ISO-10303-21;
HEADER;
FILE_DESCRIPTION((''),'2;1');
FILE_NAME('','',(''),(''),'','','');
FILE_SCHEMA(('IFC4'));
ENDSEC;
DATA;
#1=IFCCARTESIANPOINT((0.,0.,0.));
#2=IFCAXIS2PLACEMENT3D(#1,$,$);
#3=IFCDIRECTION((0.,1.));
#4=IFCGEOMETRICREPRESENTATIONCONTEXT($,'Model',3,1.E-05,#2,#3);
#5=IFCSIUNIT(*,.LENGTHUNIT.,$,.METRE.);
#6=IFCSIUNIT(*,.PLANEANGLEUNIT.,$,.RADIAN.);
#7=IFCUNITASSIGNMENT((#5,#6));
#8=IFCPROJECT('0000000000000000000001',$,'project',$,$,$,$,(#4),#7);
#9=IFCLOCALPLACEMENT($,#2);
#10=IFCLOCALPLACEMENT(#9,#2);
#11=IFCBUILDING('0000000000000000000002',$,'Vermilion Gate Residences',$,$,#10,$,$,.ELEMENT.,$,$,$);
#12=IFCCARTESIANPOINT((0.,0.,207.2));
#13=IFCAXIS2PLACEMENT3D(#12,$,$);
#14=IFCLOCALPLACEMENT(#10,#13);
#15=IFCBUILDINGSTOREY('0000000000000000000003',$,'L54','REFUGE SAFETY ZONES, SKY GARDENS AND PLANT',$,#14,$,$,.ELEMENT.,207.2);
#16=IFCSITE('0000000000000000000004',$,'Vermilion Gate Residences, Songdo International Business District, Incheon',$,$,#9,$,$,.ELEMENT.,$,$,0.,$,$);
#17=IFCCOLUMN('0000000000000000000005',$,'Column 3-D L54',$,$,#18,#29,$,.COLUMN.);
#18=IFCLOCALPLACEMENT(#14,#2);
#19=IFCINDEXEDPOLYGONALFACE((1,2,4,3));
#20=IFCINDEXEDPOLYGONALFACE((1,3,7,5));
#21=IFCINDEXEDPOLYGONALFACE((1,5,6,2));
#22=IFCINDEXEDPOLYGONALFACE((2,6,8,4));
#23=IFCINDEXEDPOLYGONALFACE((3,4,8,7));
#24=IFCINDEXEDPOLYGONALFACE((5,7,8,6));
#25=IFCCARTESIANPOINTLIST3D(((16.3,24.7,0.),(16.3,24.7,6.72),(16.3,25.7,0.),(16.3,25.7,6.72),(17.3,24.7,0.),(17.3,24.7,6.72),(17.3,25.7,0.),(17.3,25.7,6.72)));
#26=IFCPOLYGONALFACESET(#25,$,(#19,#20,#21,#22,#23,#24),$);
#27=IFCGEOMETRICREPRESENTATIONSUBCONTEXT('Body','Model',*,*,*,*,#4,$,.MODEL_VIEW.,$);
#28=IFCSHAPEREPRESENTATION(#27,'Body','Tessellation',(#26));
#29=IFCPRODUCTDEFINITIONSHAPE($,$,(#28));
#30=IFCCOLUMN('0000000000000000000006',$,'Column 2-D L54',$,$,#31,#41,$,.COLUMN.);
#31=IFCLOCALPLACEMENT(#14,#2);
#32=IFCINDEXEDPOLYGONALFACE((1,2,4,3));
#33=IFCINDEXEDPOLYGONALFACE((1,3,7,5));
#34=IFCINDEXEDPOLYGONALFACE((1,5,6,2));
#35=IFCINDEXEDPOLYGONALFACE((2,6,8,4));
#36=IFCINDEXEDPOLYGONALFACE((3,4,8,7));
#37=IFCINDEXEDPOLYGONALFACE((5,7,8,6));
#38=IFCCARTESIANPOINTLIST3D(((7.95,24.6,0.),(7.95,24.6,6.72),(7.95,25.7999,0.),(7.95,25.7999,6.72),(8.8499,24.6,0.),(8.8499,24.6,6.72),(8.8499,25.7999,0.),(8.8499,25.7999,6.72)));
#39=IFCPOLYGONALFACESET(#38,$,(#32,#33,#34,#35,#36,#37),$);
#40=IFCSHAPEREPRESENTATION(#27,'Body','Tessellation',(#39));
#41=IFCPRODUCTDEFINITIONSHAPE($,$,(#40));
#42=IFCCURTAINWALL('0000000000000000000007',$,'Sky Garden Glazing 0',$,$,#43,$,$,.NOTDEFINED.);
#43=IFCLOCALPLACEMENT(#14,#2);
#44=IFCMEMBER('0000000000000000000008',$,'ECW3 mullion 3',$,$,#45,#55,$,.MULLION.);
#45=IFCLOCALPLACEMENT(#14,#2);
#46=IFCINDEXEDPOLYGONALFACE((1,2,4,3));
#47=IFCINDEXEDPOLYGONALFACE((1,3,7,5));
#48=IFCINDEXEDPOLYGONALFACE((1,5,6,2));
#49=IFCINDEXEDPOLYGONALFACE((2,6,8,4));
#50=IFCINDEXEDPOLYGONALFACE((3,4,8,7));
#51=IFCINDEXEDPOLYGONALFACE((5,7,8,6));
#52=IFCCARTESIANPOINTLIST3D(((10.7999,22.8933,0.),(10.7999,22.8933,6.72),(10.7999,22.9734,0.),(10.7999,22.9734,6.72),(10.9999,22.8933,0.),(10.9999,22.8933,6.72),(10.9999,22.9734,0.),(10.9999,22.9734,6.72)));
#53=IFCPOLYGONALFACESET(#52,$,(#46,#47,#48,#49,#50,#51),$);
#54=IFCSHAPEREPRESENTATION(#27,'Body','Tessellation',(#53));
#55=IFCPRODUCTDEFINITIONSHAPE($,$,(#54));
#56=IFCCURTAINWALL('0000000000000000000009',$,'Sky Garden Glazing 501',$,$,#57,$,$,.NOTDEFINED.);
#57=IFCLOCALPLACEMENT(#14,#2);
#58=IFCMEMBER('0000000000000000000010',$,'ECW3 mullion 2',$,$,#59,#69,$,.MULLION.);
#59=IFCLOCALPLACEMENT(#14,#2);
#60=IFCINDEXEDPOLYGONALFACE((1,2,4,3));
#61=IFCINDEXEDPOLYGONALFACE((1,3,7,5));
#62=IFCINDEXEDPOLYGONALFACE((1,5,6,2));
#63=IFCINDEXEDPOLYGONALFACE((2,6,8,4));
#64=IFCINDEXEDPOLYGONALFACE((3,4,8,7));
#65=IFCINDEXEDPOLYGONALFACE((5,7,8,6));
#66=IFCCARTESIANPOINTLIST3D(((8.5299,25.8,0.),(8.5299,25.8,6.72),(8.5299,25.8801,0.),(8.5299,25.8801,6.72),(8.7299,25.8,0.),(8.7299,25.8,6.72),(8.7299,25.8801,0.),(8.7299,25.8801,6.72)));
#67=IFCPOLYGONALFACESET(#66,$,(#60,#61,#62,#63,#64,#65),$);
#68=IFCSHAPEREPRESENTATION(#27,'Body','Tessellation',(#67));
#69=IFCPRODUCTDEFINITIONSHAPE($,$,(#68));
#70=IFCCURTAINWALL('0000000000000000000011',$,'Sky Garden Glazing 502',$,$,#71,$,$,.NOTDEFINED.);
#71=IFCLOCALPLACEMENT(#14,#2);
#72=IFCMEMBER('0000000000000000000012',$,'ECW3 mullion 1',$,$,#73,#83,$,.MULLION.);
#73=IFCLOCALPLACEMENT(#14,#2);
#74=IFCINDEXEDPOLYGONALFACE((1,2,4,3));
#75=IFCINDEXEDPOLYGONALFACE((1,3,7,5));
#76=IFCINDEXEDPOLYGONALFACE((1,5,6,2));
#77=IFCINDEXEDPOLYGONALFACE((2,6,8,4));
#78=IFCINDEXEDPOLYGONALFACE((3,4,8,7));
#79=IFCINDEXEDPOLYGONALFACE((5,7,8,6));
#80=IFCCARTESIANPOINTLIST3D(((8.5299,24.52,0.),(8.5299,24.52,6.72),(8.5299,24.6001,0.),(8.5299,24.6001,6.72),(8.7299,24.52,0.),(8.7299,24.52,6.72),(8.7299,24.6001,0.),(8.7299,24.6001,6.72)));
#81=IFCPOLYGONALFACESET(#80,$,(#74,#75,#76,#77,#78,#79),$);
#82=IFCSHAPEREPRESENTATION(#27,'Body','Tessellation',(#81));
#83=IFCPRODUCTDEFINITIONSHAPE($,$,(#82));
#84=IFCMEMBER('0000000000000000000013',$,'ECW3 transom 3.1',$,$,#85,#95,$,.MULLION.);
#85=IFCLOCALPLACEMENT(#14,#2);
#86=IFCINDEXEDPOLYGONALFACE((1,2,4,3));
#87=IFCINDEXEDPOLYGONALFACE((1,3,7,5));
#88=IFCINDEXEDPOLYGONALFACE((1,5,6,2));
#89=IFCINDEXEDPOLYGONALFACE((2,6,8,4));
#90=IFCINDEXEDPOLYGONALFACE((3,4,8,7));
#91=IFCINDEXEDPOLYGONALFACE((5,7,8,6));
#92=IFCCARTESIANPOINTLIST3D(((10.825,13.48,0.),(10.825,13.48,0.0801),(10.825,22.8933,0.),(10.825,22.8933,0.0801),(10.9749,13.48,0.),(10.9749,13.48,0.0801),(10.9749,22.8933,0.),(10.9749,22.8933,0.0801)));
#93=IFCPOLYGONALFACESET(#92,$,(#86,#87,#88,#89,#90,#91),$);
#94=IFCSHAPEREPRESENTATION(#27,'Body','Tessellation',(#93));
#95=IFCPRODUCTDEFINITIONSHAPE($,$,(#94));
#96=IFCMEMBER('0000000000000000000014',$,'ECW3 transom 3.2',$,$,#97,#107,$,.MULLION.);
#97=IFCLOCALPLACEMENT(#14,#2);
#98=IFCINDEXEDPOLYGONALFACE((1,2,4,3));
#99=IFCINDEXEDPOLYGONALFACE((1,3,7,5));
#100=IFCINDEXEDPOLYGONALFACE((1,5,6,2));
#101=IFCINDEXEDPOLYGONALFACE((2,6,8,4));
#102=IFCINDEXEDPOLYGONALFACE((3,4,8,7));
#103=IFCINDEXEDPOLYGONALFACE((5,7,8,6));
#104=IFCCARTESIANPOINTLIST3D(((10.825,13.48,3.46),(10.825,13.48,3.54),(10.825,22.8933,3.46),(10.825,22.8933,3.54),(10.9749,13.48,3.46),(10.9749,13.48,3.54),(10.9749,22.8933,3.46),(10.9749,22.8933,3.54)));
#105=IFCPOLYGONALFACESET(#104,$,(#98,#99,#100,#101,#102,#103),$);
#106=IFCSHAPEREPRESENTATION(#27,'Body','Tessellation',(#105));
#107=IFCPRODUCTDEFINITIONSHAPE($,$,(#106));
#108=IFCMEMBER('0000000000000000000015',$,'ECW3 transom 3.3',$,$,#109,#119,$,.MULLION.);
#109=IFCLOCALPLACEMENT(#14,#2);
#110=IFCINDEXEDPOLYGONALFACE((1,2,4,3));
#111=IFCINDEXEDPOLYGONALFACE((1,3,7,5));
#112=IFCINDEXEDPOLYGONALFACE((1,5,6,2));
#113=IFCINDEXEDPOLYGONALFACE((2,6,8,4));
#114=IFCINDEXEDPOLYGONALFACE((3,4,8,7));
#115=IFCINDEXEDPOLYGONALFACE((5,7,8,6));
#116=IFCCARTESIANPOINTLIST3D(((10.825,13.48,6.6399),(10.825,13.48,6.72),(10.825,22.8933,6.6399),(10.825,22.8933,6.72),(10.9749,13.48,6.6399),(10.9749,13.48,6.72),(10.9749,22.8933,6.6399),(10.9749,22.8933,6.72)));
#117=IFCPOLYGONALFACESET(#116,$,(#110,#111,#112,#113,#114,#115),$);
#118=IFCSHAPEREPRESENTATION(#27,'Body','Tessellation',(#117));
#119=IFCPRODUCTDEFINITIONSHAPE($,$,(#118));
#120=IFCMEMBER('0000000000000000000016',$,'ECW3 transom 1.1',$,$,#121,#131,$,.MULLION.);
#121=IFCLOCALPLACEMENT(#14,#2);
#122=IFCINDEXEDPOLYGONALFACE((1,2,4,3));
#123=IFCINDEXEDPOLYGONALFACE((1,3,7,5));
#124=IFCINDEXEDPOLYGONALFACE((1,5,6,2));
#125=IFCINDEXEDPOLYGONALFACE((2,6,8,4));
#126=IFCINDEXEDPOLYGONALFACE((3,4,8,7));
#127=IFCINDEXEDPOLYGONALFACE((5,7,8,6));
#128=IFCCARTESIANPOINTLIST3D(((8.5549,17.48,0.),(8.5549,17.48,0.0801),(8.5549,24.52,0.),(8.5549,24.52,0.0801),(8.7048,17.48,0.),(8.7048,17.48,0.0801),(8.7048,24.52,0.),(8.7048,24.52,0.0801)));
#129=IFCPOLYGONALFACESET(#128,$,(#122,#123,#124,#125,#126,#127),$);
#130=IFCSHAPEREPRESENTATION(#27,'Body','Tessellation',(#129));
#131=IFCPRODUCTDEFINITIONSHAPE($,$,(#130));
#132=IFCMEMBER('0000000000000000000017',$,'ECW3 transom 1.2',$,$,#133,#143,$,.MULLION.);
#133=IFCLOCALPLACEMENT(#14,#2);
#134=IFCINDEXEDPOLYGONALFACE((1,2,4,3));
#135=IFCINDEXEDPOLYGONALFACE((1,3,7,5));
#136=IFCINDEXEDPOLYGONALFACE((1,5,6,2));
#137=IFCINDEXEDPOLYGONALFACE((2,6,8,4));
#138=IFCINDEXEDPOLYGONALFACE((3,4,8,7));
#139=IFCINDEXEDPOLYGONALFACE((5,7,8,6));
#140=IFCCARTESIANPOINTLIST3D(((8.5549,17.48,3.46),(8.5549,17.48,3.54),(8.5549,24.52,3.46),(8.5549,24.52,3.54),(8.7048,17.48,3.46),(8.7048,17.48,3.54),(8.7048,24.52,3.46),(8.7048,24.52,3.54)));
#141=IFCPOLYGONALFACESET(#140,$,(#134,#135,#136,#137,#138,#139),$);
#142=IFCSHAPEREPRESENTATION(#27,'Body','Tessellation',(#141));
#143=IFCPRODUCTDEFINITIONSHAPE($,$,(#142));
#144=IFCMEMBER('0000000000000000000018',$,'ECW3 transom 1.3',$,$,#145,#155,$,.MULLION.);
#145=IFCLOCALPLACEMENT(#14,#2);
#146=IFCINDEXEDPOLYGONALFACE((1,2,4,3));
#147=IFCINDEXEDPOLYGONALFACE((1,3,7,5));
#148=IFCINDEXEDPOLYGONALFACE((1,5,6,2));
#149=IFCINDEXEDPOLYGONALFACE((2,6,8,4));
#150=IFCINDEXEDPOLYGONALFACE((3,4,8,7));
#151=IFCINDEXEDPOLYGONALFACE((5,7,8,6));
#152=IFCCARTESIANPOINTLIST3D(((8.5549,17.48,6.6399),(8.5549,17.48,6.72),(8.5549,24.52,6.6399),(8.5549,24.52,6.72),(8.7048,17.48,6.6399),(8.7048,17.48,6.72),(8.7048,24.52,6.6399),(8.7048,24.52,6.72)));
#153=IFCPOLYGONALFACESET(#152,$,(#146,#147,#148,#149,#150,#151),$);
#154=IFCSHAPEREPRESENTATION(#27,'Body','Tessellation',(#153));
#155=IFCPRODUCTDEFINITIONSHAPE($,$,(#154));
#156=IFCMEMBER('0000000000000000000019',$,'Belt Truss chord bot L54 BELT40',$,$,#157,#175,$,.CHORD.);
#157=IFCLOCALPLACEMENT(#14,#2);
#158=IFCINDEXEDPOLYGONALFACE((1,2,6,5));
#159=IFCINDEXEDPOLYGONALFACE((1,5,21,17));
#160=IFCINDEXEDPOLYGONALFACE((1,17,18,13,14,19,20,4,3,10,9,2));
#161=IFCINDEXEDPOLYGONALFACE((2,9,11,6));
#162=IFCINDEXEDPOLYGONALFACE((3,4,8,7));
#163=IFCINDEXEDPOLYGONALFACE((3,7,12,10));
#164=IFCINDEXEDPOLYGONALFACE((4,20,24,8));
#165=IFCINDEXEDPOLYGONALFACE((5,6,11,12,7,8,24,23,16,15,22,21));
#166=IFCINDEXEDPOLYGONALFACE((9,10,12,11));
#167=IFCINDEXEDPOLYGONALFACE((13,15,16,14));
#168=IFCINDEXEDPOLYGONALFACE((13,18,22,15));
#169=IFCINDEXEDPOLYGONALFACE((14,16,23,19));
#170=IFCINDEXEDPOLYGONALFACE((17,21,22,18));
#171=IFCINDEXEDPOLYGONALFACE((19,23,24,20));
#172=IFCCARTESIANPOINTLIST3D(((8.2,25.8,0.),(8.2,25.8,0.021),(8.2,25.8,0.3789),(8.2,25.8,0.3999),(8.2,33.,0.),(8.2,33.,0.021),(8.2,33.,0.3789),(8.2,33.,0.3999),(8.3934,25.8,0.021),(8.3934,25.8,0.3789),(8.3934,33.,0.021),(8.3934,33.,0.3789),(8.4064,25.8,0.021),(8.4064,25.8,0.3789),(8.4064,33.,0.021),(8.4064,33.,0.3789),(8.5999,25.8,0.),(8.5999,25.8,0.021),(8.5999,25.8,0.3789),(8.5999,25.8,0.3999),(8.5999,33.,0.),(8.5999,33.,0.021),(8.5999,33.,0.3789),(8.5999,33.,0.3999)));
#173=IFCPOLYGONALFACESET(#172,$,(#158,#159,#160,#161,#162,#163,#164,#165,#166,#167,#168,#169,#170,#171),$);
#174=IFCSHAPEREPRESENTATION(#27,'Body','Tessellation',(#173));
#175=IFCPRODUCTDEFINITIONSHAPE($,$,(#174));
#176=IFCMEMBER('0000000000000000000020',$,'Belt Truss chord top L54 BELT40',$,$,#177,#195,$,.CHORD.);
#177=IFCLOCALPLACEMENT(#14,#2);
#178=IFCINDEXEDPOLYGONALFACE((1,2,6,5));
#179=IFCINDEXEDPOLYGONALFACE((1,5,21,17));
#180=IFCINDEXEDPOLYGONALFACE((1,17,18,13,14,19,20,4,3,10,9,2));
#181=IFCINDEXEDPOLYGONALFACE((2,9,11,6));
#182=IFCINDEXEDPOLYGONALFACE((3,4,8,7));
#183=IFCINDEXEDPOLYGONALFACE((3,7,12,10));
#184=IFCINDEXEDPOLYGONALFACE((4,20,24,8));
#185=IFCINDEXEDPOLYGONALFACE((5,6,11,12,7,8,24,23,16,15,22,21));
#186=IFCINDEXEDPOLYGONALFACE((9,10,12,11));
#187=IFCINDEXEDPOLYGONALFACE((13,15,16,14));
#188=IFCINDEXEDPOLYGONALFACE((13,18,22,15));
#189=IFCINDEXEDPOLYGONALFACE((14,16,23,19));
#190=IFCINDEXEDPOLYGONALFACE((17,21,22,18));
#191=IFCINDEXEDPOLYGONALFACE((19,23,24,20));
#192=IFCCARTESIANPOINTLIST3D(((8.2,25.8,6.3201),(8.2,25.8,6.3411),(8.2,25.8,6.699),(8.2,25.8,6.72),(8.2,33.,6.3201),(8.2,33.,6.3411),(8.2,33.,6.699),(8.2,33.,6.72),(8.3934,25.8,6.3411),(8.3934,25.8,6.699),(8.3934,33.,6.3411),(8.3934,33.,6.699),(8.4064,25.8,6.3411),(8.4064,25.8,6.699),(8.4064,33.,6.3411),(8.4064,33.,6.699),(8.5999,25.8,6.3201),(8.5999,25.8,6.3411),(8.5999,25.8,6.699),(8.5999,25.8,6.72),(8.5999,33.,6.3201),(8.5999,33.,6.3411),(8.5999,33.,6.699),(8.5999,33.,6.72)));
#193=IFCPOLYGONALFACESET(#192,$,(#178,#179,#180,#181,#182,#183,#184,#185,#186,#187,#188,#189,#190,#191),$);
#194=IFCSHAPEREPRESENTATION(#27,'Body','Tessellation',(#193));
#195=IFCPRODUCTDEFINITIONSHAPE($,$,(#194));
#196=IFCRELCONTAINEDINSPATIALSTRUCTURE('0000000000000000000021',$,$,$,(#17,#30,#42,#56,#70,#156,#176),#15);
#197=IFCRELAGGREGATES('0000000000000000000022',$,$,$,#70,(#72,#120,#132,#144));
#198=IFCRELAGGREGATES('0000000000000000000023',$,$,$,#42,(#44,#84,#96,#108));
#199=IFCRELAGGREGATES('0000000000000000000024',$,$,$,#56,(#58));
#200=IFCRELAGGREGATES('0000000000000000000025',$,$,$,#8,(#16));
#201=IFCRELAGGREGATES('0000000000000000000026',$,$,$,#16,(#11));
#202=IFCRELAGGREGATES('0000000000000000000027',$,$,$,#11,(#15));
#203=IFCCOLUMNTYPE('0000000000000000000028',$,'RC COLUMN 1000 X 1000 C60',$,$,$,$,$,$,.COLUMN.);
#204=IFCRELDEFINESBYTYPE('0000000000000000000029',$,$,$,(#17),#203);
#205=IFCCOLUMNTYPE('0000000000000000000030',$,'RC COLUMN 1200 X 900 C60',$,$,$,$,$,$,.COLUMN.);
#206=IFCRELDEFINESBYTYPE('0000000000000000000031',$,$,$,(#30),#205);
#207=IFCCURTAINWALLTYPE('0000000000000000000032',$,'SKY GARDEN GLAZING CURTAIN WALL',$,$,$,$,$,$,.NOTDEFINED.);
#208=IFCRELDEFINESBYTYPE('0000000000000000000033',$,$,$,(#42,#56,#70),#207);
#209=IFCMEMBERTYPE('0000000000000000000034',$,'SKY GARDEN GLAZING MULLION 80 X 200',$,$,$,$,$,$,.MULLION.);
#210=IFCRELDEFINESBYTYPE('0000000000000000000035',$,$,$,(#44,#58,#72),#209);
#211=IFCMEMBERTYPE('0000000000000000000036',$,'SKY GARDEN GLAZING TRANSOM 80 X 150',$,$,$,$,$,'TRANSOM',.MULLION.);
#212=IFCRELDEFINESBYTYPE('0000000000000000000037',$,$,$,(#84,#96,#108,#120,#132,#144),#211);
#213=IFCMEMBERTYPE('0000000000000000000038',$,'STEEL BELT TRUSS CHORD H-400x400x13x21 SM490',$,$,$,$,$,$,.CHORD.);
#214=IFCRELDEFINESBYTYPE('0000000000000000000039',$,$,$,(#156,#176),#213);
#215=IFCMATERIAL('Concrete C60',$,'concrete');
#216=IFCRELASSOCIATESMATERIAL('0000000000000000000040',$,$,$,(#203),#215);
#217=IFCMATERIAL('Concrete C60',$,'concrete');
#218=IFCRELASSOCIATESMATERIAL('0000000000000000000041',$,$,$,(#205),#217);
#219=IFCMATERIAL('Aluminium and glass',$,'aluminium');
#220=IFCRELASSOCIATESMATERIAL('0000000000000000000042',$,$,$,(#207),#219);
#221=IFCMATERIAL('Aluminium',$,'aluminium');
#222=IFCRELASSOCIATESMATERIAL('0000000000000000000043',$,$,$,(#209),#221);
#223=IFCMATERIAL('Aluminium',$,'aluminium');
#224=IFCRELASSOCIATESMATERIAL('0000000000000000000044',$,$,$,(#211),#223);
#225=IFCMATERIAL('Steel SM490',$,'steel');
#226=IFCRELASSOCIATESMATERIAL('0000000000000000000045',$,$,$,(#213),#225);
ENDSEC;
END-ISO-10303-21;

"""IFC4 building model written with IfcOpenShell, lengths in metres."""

from ifc_helpers import new_model, si_unit, direction, frame, origin, origin_2d, place, context, subcontext, project, spatial, rectangle, i_section, extrude, material, material_profile, profile_set, type_object, element, aggregate, save


model = new_model("IFC4")

# Units and contexts
model_context = context("Model", 3, precision=1e-05, world=origin(), true_north=direction((0.0, 1.0)))
body_context = subcontext(model_context, "Body", "Model", "MODEL_VIEW")
ifc_project = project(units=[si_unit("LENGTHUNIT", "METRE"), si_unit("PLANEANGLEUNIT", "RADIAN")], contexts=[model_context])

# Site, building, storey
site_placement = place(None, origin())
site = spatial("IfcSite", under=ifc_project, at=site_placement, Name="Vermilion Gate Residences, Songdo International Business District, Incheon", CompositionType="ELEMENT", RefElevation=0.0)
building_placement = place(site_placement, origin())
building = spatial("IfcBuilding", under=site, at=building_placement, Name="Vermilion Gate Residences", CompositionType="ELEMENT")
storey_placement = place(building_placement, frame((0.0, 0.0, 207.2)))
storey = spatial("IfcBuildingStorey", under=building, at=storey_placement, Name="L54", Description="REFUGE SAFETY ZONES, SKY GARDENS AND PLANT", CompositionType="ELEMENT", Elevation=207.2)

# Columns
ifc_material_1 = material(Name="Concrete C60", Category="concrete")
ifc_material_profile_1 = material_profile(ifc_material_1, rectangle(XDim=1.0, YDim=1.0, at=origin_2d()), Name="RC-1000x1000")
ifc_profile_set_1 = profile_set([ifc_material_profile_1], Name="Concrete C60")
column_type_1 = type_object("IfcColumnType", Name="RC COLUMN 1000 X 1000 C60", PredefinedType="COLUMN", material=ifc_profile_set_1)
column_1_placement = place(storey_placement, frame((16.8, 25.2, 0.0), z_axis=(0.0, 0.0, 1.0), x_axis=(1.0, 0.0, 0.0)))
element("IfcColumn", 1, at=column_1_placement, inside=storey, type_object=column_type_1, Name="Column 3-D L54", PredefinedType="COLUMN", context=body_context, shape_type="SweptSolid", body=[
    extrude(rectangle(XDim=1.0, YDim=1.0, at=origin_2d()), origin(), (0.0, 0.0, 1.0), 6.72),
])
ifc_material_2 = material(Name="Concrete C60", Category="concrete")
ifc_material_profile_2 = material_profile(ifc_material_2, rectangle(XDim=1.2, YDim=0.8999, at=origin_2d()), Name="RC-1200x900")
ifc_profile_set_2 = profile_set([ifc_material_profile_2], Name="Concrete C60")
column_type_2 = type_object("IfcColumnType", Name="RC COLUMN 1200 X 900 C60", PredefinedType="COLUMN", material=ifc_profile_set_2)
column_2_placement = place(storey_placement, frame((8.3999, 25.2, 0.0), z_axis=(0.0, 0.0, 1.0), x_axis=(0.0, 1.0, 0.0)))
element("IfcColumn", 2, at=column_2_placement, inside=storey, type_object=column_type_2, Name="Column 2-D L54", PredefinedType="COLUMN", context=body_context, shape_type="SweptSolid", body=[
    extrude(rectangle(XDim=1.2, YDim=0.8999, at=origin_2d()), origin(), (0.0, 0.0, 1.0), 6.72),
])

# Curtain walls, members
ifc_material_3 = material(Name="Aluminium and glass", Category="aluminium")
curtain_wall_type = type_object("IfcCurtainWallType", Name="SKY GARDEN GLAZING CURTAIN WALL", PredefinedType="NOTDEFINED", material=ifc_material_3)
curtain_wall_1_placement = place(storey_placement, origin())
curtain_wall_1 = element("IfcCurtainWall", 3, at=curtain_wall_1_placement, inside=storey, type_object=curtain_wall_type, Name="Sky Garden Glazing 0", PredefinedType="NOTDEFINED")
ifc_material_4 = material(Name="Aluminium", Category="aluminium")
ifc_material_profile_3 = material_profile(ifc_material_4, rectangle(XDim=0.2, YDim=0.0801, at=origin_2d()), Name="MULLION 80 X 200")
ifc_profile_set_3 = profile_set([ifc_material_profile_3], Name="Aluminium")
member_type_1 = type_object("IfcMemberType", Name="SKY GARDEN GLAZING MULLION 80 X 200", PredefinedType="MULLION", material=ifc_profile_set_3)
member_1_placement = place(storey_placement, frame((10.8999, 22.9333, 0.0), z_axis=(0.0, 0.0, 1.0), x_axis=(1.0, 0.0, 0.0)))
member_1 = element("IfcMember", 4, at=member_1_placement, type_object=member_type_1, Name="ECW3 mullion 3", PredefinedType="MULLION", context=body_context, shape_type="SweptSolid", body=[
    extrude(rectangle(XDim=0.2, YDim=0.0801, at=origin_2d()), origin(), (0.0, 0.0, 1.0), 6.72),
])
curtain_wall_2_placement = place(storey_placement, origin())
curtain_wall_2 = element("IfcCurtainWall", 5, at=curtain_wall_2_placement, inside=storey, type_object=curtain_wall_type, Name="Sky Garden Glazing 501", PredefinedType="NOTDEFINED")
member_2_placement = place(storey_placement, frame((8.6299, 25.8401, 0.0), z_axis=(0.0, 0.0, 1.0), x_axis=(1.0, 0.0, 0.0)))
member_2 = element("IfcMember", 6, at=member_2_placement, type_object=member_type_1, Name="ECW3 mullion 2", PredefinedType="MULLION", context=body_context, shape_type="SweptSolid", body=[
    extrude(rectangle(XDim=0.2, YDim=0.0801, at=origin_2d()), origin(), (0.0, 0.0, 1.0), 6.72),
])
curtain_wall_3_placement = place(storey_placement, origin())
curtain_wall_3 = element("IfcCurtainWall", 7, at=curtain_wall_3_placement, inside=storey, type_object=curtain_wall_type, Name="Sky Garden Glazing 502", PredefinedType="NOTDEFINED")
member_3_placement = place(storey_placement, frame((8.6299, 24.5601, 0.0), z_axis=(0.0, 0.0, 1.0), x_axis=(1.0, 0.0, 0.0)))
member_3 = element("IfcMember", 8, at=member_3_placement, type_object=member_type_1, Name="ECW3 mullion 1", PredefinedType="MULLION", context=body_context, shape_type="SweptSolid", body=[
    extrude(rectangle(XDim=0.2, YDim=0.0801, at=origin_2d()), origin(), (0.0, 0.0, 1.0), 6.72),
])

# Members
ifc_material_5 = material(Name="Aluminium", Category="aluminium")
ifc_material_profile_4 = material_profile(ifc_material_5, rectangle(XDim=0.1499, YDim=0.0801, at=origin_2d()), Name="TRANSOM 80 X 150")
ifc_profile_set_4 = profile_set([ifc_material_profile_4], Name="Aluminium")
member_type_2 = type_object("IfcMemberType", Name="SKY GARDEN GLAZING TRANSOM 80 X 150", ElementType="TRANSOM", PredefinedType="MULLION", material=ifc_profile_set_4)
member_4_placement = place(storey_placement, frame((10.8999, 22.8933, 0.04), z_axis=(0.0, -1.0, 0.0), x_axis=(1.0, 0.0, 0.0)))
member_4 = element("IfcMember", 9, at=member_4_placement, type_object=member_type_2, Name="ECW3 transom 3.1", PredefinedType="MULLION", context=body_context, shape_type="SweptSolid", body=[
    extrude(rectangle(XDim=0.1499, YDim=0.0801, at=origin_2d()), origin(), (0.0, 0.0, 1.0), 9.4133),
])
member_5_placement = place(storey_placement, frame((10.8999, 22.8933, 3.5), z_axis=(0.0, -1.0, 0.0), x_axis=(1.0, 0.0, 0.0)))
member_5 = element("IfcMember", 10, at=member_5_placement, type_object=member_type_2, Name="ECW3 transom 3.2", PredefinedType="MULLION", context=body_context, shape_type="SweptSolid", body=[
    extrude(rectangle(XDim=0.1499, YDim=0.0801, at=origin_2d()), origin(), (0.0, 0.0, 1.0), 9.4133),
])
member_6_placement = place(storey_placement, frame((10.8999, 22.8933, 6.6799), z_axis=(0.0, -1.0, 0.0), x_axis=(1.0, 0.0, 0.0)))
member_6 = element("IfcMember", 11, at=member_6_placement, type_object=member_type_2, Name="ECW3 transom 3.3", PredefinedType="MULLION", context=body_context, shape_type="SweptSolid", body=[
    extrude(rectangle(XDim=0.1499, YDim=0.0801, at=origin_2d()), origin(), (0.0, 0.0, 1.0), 9.4133),
])
member_7_placement = place(storey_placement, frame((8.6299, 24.52, 0.04), z_axis=(0.0, -1.0, 0.0), x_axis=(1.0, 0.0, 0.0)))
member_7 = element("IfcMember", 12, at=member_7_placement, type_object=member_type_2, Name="ECW3 transom 1.1", PredefinedType="MULLION", context=body_context, shape_type="SweptSolid", body=[
    extrude(rectangle(XDim=0.1499, YDim=0.0801, at=origin_2d()), origin(), (0.0, 0.0, 1.0), 7.04),
])
member_8_placement = place(storey_placement, frame((8.6299, 24.52, 3.5), z_axis=(0.0, -1.0, 0.0), x_axis=(1.0, 0.0, 0.0)))
member_8 = element("IfcMember", 13, at=member_8_placement, type_object=member_type_2, Name="ECW3 transom 1.2", PredefinedType="MULLION", context=body_context, shape_type="SweptSolid", body=[
    extrude(rectangle(XDim=0.1499, YDim=0.0801, at=origin_2d()), origin(), (0.0, 0.0, 1.0), 7.04),
])
member_9_placement = place(storey_placement, frame((8.6299, 24.52, 6.6799), z_axis=(0.0, -1.0, 0.0), x_axis=(1.0, 0.0, 0.0)))
member_9 = element("IfcMember", 14, at=member_9_placement, type_object=member_type_2, Name="ECW3 transom 1.3", PredefinedType="MULLION", context=body_context, shape_type="SweptSolid", body=[
    extrude(rectangle(XDim=0.1499, YDim=0.0801, at=origin_2d()), origin(), (0.0, 0.0, 1.0), 7.04),
])
aggregate(curtain_wall_3, [member_3, member_7, member_8, member_9])

# Members
ifc_material_6 = material(Name="Steel SM490", Category="steel")
ifc_material_profile_5 = material_profile(ifc_material_6, i_section(OverallWidth=0.3999, OverallDepth=0.3999, WebThickness=0.0129, FlangeThickness=0.021, at=origin_2d()), Name="H-400x400x13x21")
ifc_profile_set_5 = profile_set([ifc_material_profile_5], Name="Steel SM490")
member_type_3 = type_object("IfcMemberType", Name="STEEL BELT TRUSS CHORD H-400x400x13x21 SM490", PredefinedType="CHORD", material=ifc_profile_set_5)
for number, where, z_axis, x_axis, name in (
    (15, (8.3999, 25.8, 0.2), (0.0, 1.0, 0.0), (-1.0, 0.0, 0.0), "Belt Truss chord bot L54 BELT40"),
    (16, (8.3999, 25.8, 6.52), (0.0, 1.0, 0.0), (-1.0, 0.0, 0.0), "Belt Truss chord top L54 BELT40"),
):
    element("IfcMember", number, at=place(storey_placement, frame(where, z_axis=z_axis, x_axis=x_axis)), inside=storey, type_object=member_type_3, Name=name, PredefinedType="CHORD", context=body_context, shape_type="SweptSolid", body=[
        extrude(i_section(OverallWidth=0.3999, OverallDepth=0.3999, WebThickness=0.0129, FlangeThickness=0.021, at=origin_2d()), origin(), (0.0, 0.0, 1.0), 7.2),
    ])

aggregate(curtain_wall_1, [member_1, member_4, member_5, member_6])
aggregate(curtain_wall_2, [member_2])

save(model, "model.ifc")
